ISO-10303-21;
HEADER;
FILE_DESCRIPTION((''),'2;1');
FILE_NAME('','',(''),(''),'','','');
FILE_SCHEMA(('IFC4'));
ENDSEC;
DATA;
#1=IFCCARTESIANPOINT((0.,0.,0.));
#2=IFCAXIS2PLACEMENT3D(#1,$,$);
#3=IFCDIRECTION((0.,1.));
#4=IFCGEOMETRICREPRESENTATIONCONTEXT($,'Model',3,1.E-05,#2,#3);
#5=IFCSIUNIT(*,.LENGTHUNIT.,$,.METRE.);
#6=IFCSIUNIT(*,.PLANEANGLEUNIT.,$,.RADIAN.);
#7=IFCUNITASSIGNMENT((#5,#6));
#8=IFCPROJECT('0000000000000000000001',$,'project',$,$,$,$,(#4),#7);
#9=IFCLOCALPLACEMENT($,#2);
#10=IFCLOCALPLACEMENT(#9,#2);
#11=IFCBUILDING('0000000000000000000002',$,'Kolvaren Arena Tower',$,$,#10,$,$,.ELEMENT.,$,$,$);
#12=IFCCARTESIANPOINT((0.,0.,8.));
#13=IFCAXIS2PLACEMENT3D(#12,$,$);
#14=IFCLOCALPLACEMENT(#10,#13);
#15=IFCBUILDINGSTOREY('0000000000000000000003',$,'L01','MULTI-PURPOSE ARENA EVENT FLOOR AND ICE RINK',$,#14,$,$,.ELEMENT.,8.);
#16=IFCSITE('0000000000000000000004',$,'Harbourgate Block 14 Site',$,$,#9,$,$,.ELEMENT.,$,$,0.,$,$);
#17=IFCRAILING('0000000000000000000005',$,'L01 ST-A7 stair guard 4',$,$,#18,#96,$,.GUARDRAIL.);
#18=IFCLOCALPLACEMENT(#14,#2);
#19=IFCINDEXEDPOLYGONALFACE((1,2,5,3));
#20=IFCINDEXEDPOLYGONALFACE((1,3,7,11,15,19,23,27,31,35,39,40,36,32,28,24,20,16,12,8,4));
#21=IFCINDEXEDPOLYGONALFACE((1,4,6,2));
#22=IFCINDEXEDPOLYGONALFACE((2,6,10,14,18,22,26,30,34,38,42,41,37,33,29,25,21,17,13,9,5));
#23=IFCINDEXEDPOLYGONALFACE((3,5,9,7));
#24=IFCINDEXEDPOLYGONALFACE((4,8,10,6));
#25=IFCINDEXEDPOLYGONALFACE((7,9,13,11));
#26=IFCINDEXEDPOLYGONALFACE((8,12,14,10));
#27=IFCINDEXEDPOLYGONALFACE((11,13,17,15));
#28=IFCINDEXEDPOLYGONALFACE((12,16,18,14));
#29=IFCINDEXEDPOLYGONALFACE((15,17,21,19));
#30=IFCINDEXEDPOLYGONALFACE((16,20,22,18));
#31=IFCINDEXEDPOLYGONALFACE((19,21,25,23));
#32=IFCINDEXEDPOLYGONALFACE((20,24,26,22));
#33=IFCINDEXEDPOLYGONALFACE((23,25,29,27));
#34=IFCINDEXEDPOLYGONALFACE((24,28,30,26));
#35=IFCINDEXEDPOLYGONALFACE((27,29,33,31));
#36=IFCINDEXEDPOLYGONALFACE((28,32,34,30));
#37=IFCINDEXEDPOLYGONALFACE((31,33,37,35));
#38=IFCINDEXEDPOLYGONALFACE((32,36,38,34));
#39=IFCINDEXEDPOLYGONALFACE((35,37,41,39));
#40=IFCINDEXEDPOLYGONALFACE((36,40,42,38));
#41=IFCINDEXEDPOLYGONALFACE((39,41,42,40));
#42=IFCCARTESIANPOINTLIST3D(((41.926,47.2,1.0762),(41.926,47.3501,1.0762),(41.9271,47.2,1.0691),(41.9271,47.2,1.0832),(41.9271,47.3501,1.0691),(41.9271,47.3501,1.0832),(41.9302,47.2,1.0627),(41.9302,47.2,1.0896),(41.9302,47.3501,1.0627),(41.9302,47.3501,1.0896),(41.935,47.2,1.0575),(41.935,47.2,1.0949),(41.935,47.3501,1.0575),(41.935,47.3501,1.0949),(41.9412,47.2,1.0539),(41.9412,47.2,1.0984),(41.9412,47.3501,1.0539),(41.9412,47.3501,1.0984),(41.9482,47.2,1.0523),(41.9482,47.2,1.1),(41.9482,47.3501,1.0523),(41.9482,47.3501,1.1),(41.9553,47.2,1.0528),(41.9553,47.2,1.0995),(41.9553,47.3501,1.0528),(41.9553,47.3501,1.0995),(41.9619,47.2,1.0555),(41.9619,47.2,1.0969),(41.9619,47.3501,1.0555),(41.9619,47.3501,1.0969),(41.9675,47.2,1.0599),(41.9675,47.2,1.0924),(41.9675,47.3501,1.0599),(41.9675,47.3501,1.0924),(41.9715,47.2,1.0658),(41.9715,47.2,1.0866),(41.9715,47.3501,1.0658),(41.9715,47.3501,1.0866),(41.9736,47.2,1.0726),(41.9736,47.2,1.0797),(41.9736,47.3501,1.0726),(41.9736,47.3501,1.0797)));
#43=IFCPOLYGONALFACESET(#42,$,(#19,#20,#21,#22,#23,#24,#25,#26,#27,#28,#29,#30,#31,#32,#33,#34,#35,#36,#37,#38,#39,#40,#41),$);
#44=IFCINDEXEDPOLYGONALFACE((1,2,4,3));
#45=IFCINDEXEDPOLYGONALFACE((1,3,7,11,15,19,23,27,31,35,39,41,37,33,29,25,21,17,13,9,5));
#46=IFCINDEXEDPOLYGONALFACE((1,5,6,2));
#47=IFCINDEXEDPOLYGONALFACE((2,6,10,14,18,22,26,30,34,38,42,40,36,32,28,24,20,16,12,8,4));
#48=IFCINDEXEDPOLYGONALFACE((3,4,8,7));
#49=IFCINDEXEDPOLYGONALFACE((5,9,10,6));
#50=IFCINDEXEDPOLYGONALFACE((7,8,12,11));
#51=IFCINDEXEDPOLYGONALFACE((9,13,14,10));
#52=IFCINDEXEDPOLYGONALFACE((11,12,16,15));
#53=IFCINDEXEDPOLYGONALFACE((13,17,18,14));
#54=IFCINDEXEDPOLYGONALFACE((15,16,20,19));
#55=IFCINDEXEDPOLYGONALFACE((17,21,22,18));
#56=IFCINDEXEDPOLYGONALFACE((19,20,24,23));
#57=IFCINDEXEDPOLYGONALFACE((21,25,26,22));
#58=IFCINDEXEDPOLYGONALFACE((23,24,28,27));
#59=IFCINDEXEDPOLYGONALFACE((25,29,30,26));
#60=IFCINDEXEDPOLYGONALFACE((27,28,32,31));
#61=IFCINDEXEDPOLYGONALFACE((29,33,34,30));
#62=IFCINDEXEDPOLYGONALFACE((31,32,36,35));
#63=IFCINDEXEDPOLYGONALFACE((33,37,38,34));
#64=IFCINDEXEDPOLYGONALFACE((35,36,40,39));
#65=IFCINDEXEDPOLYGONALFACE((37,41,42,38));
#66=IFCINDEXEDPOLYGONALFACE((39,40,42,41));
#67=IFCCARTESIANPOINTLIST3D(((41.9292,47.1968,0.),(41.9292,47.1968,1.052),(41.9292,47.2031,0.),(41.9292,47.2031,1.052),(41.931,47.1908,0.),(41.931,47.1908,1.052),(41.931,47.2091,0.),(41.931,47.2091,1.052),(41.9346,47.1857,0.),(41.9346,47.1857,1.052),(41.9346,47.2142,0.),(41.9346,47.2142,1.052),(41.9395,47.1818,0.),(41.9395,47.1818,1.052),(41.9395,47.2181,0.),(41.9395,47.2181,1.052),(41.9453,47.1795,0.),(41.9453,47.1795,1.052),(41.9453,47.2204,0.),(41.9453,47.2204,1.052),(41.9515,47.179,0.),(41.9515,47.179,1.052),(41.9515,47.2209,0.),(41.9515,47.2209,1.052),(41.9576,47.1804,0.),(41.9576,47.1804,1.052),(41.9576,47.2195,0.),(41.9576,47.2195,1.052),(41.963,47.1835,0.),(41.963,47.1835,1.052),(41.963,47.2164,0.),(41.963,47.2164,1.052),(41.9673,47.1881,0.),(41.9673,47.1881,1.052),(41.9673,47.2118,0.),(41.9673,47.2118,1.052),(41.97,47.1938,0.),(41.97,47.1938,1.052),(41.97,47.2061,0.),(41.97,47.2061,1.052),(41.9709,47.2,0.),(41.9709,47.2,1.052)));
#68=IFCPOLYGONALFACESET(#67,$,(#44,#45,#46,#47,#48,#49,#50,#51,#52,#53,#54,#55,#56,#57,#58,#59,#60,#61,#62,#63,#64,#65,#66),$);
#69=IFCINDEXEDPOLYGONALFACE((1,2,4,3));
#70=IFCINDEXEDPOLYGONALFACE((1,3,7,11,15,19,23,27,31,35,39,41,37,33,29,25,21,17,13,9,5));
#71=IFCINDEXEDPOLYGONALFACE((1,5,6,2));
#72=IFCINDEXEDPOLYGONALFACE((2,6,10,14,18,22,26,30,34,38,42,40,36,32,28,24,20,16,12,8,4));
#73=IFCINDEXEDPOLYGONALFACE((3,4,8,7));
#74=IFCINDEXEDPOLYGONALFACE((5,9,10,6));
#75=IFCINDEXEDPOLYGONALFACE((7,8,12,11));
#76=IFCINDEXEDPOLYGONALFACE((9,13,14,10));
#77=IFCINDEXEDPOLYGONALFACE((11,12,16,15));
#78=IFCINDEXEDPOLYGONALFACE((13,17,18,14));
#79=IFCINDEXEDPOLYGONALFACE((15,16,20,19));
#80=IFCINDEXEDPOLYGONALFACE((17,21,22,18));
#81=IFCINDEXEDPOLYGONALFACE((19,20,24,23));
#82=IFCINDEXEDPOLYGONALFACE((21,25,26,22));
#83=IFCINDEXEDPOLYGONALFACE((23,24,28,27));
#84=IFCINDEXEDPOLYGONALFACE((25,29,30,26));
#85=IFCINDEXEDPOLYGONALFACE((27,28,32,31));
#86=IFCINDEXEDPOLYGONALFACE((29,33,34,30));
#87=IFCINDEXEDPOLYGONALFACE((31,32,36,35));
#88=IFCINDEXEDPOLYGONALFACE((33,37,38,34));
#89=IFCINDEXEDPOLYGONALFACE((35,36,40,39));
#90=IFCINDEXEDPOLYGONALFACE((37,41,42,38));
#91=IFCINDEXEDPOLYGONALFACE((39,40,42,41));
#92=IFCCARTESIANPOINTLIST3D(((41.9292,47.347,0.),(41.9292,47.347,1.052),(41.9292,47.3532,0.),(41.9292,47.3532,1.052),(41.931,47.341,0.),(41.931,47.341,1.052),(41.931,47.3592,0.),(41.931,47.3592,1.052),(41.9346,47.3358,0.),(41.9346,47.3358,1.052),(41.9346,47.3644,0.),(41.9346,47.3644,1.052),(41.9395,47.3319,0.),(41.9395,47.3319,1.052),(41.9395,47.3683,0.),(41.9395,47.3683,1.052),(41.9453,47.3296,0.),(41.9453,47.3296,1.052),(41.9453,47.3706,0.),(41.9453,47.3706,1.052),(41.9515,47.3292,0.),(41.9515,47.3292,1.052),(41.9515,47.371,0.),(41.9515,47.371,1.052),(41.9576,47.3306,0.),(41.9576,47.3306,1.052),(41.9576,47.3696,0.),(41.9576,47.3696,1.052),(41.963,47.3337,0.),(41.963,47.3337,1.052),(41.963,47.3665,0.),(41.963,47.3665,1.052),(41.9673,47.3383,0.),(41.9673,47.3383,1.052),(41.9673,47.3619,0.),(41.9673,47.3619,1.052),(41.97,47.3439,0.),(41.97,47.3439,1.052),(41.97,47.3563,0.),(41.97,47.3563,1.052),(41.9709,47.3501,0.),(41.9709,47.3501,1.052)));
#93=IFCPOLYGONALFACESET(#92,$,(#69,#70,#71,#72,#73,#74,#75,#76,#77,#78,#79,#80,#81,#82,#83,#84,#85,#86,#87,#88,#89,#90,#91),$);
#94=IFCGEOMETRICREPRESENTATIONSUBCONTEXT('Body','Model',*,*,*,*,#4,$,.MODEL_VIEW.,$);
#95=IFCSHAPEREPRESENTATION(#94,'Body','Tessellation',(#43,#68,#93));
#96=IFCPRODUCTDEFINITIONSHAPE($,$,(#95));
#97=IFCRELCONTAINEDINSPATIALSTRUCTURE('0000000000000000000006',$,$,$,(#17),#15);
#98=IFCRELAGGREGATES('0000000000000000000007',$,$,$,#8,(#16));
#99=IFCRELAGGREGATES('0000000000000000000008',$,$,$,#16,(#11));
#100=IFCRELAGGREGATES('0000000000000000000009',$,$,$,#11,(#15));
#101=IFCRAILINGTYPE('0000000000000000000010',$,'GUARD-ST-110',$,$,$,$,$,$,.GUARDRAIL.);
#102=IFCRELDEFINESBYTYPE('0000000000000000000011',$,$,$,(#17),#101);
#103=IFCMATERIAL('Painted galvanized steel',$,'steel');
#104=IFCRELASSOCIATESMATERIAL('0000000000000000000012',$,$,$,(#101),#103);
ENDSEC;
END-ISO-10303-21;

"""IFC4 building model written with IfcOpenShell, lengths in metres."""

from ifc_helpers import new_model, si_unit, direction, frame, origin, origin_2d, place, context, subcontext, project, spatial, circle, extrude, material, type_object, element, save


model = new_model("IFC4")

# Units and contexts
model_context = context("Model", 3, precision=1e-05, world=origin(), true_north=direction((0.0, 1.0)))
body_context = subcontext(model_context, "Body", "Model", "MODEL_VIEW")
ifc_project = project(units=[si_unit("LENGTHUNIT", "METRE"), si_unit("PLANEANGLEUNIT", "RADIAN")], contexts=[model_context])

# Site, building, storey
site_placement = place(None, origin())
site = spatial("IfcSite", under=ifc_project, at=site_placement, Name="Harbourgate Block 14 Site", CompositionType="ELEMENT", RefElevation=0.0)
building_placement = place(site_placement, origin())
building = spatial("IfcBuilding", under=site, at=building_placement, Name="Kolvaren Arena Tower", CompositionType="ELEMENT")
storey_placement = place(building_placement, frame((0.0, 0.0, 8.0)))
storey = spatial("IfcBuildingStorey", under=building, at=storey_placement, Name="L01", Description="MULTI-PURPOSE ARENA EVENT FLOOR AND ICE RINK", CompositionType="ELEMENT", Elevation=8.0)

# Railing
ifc_material_1 = material(Name="Painted galvanized steel", Category="steel")
railing_type_1 = type_object("IfcRailingType", Name="GUARD-ST-110", PredefinedType="GUARDRAIL", material=ifc_material_1)
railing_1_placement = place(storey_placement, frame((41.95, 47.2, 0.0)))
element("IfcRailing", 1, at=railing_1_placement, inside=storey, type_object=railing_type_1, Name="L01 ST-A7 stair guard 4", PredefinedType="GUARDRAIL", context=body_context, shape_type="SweptSolid", body=[
    extrude(circle(Radius=0.0239, at=origin_2d()), frame((0.0, 0.0, 1.0762), z_axis=(0.0, 1.0, 0.0), x_axis=(-1.0, 0.0, 0.0)), (0.0, 0.0, 1.0), 0.1501),
    extrude(circle(Radius=0.021, at=origin_2d()), origin(), (0.0, 0.0, 1.0), 1.052),
    extrude(circle(Radius=0.021, at=origin_2d()), frame((0.0, 0.1501, 0.0)), (0.0, 0.0, 1.0), 1.052),
])

save(model, "model.ifc")
